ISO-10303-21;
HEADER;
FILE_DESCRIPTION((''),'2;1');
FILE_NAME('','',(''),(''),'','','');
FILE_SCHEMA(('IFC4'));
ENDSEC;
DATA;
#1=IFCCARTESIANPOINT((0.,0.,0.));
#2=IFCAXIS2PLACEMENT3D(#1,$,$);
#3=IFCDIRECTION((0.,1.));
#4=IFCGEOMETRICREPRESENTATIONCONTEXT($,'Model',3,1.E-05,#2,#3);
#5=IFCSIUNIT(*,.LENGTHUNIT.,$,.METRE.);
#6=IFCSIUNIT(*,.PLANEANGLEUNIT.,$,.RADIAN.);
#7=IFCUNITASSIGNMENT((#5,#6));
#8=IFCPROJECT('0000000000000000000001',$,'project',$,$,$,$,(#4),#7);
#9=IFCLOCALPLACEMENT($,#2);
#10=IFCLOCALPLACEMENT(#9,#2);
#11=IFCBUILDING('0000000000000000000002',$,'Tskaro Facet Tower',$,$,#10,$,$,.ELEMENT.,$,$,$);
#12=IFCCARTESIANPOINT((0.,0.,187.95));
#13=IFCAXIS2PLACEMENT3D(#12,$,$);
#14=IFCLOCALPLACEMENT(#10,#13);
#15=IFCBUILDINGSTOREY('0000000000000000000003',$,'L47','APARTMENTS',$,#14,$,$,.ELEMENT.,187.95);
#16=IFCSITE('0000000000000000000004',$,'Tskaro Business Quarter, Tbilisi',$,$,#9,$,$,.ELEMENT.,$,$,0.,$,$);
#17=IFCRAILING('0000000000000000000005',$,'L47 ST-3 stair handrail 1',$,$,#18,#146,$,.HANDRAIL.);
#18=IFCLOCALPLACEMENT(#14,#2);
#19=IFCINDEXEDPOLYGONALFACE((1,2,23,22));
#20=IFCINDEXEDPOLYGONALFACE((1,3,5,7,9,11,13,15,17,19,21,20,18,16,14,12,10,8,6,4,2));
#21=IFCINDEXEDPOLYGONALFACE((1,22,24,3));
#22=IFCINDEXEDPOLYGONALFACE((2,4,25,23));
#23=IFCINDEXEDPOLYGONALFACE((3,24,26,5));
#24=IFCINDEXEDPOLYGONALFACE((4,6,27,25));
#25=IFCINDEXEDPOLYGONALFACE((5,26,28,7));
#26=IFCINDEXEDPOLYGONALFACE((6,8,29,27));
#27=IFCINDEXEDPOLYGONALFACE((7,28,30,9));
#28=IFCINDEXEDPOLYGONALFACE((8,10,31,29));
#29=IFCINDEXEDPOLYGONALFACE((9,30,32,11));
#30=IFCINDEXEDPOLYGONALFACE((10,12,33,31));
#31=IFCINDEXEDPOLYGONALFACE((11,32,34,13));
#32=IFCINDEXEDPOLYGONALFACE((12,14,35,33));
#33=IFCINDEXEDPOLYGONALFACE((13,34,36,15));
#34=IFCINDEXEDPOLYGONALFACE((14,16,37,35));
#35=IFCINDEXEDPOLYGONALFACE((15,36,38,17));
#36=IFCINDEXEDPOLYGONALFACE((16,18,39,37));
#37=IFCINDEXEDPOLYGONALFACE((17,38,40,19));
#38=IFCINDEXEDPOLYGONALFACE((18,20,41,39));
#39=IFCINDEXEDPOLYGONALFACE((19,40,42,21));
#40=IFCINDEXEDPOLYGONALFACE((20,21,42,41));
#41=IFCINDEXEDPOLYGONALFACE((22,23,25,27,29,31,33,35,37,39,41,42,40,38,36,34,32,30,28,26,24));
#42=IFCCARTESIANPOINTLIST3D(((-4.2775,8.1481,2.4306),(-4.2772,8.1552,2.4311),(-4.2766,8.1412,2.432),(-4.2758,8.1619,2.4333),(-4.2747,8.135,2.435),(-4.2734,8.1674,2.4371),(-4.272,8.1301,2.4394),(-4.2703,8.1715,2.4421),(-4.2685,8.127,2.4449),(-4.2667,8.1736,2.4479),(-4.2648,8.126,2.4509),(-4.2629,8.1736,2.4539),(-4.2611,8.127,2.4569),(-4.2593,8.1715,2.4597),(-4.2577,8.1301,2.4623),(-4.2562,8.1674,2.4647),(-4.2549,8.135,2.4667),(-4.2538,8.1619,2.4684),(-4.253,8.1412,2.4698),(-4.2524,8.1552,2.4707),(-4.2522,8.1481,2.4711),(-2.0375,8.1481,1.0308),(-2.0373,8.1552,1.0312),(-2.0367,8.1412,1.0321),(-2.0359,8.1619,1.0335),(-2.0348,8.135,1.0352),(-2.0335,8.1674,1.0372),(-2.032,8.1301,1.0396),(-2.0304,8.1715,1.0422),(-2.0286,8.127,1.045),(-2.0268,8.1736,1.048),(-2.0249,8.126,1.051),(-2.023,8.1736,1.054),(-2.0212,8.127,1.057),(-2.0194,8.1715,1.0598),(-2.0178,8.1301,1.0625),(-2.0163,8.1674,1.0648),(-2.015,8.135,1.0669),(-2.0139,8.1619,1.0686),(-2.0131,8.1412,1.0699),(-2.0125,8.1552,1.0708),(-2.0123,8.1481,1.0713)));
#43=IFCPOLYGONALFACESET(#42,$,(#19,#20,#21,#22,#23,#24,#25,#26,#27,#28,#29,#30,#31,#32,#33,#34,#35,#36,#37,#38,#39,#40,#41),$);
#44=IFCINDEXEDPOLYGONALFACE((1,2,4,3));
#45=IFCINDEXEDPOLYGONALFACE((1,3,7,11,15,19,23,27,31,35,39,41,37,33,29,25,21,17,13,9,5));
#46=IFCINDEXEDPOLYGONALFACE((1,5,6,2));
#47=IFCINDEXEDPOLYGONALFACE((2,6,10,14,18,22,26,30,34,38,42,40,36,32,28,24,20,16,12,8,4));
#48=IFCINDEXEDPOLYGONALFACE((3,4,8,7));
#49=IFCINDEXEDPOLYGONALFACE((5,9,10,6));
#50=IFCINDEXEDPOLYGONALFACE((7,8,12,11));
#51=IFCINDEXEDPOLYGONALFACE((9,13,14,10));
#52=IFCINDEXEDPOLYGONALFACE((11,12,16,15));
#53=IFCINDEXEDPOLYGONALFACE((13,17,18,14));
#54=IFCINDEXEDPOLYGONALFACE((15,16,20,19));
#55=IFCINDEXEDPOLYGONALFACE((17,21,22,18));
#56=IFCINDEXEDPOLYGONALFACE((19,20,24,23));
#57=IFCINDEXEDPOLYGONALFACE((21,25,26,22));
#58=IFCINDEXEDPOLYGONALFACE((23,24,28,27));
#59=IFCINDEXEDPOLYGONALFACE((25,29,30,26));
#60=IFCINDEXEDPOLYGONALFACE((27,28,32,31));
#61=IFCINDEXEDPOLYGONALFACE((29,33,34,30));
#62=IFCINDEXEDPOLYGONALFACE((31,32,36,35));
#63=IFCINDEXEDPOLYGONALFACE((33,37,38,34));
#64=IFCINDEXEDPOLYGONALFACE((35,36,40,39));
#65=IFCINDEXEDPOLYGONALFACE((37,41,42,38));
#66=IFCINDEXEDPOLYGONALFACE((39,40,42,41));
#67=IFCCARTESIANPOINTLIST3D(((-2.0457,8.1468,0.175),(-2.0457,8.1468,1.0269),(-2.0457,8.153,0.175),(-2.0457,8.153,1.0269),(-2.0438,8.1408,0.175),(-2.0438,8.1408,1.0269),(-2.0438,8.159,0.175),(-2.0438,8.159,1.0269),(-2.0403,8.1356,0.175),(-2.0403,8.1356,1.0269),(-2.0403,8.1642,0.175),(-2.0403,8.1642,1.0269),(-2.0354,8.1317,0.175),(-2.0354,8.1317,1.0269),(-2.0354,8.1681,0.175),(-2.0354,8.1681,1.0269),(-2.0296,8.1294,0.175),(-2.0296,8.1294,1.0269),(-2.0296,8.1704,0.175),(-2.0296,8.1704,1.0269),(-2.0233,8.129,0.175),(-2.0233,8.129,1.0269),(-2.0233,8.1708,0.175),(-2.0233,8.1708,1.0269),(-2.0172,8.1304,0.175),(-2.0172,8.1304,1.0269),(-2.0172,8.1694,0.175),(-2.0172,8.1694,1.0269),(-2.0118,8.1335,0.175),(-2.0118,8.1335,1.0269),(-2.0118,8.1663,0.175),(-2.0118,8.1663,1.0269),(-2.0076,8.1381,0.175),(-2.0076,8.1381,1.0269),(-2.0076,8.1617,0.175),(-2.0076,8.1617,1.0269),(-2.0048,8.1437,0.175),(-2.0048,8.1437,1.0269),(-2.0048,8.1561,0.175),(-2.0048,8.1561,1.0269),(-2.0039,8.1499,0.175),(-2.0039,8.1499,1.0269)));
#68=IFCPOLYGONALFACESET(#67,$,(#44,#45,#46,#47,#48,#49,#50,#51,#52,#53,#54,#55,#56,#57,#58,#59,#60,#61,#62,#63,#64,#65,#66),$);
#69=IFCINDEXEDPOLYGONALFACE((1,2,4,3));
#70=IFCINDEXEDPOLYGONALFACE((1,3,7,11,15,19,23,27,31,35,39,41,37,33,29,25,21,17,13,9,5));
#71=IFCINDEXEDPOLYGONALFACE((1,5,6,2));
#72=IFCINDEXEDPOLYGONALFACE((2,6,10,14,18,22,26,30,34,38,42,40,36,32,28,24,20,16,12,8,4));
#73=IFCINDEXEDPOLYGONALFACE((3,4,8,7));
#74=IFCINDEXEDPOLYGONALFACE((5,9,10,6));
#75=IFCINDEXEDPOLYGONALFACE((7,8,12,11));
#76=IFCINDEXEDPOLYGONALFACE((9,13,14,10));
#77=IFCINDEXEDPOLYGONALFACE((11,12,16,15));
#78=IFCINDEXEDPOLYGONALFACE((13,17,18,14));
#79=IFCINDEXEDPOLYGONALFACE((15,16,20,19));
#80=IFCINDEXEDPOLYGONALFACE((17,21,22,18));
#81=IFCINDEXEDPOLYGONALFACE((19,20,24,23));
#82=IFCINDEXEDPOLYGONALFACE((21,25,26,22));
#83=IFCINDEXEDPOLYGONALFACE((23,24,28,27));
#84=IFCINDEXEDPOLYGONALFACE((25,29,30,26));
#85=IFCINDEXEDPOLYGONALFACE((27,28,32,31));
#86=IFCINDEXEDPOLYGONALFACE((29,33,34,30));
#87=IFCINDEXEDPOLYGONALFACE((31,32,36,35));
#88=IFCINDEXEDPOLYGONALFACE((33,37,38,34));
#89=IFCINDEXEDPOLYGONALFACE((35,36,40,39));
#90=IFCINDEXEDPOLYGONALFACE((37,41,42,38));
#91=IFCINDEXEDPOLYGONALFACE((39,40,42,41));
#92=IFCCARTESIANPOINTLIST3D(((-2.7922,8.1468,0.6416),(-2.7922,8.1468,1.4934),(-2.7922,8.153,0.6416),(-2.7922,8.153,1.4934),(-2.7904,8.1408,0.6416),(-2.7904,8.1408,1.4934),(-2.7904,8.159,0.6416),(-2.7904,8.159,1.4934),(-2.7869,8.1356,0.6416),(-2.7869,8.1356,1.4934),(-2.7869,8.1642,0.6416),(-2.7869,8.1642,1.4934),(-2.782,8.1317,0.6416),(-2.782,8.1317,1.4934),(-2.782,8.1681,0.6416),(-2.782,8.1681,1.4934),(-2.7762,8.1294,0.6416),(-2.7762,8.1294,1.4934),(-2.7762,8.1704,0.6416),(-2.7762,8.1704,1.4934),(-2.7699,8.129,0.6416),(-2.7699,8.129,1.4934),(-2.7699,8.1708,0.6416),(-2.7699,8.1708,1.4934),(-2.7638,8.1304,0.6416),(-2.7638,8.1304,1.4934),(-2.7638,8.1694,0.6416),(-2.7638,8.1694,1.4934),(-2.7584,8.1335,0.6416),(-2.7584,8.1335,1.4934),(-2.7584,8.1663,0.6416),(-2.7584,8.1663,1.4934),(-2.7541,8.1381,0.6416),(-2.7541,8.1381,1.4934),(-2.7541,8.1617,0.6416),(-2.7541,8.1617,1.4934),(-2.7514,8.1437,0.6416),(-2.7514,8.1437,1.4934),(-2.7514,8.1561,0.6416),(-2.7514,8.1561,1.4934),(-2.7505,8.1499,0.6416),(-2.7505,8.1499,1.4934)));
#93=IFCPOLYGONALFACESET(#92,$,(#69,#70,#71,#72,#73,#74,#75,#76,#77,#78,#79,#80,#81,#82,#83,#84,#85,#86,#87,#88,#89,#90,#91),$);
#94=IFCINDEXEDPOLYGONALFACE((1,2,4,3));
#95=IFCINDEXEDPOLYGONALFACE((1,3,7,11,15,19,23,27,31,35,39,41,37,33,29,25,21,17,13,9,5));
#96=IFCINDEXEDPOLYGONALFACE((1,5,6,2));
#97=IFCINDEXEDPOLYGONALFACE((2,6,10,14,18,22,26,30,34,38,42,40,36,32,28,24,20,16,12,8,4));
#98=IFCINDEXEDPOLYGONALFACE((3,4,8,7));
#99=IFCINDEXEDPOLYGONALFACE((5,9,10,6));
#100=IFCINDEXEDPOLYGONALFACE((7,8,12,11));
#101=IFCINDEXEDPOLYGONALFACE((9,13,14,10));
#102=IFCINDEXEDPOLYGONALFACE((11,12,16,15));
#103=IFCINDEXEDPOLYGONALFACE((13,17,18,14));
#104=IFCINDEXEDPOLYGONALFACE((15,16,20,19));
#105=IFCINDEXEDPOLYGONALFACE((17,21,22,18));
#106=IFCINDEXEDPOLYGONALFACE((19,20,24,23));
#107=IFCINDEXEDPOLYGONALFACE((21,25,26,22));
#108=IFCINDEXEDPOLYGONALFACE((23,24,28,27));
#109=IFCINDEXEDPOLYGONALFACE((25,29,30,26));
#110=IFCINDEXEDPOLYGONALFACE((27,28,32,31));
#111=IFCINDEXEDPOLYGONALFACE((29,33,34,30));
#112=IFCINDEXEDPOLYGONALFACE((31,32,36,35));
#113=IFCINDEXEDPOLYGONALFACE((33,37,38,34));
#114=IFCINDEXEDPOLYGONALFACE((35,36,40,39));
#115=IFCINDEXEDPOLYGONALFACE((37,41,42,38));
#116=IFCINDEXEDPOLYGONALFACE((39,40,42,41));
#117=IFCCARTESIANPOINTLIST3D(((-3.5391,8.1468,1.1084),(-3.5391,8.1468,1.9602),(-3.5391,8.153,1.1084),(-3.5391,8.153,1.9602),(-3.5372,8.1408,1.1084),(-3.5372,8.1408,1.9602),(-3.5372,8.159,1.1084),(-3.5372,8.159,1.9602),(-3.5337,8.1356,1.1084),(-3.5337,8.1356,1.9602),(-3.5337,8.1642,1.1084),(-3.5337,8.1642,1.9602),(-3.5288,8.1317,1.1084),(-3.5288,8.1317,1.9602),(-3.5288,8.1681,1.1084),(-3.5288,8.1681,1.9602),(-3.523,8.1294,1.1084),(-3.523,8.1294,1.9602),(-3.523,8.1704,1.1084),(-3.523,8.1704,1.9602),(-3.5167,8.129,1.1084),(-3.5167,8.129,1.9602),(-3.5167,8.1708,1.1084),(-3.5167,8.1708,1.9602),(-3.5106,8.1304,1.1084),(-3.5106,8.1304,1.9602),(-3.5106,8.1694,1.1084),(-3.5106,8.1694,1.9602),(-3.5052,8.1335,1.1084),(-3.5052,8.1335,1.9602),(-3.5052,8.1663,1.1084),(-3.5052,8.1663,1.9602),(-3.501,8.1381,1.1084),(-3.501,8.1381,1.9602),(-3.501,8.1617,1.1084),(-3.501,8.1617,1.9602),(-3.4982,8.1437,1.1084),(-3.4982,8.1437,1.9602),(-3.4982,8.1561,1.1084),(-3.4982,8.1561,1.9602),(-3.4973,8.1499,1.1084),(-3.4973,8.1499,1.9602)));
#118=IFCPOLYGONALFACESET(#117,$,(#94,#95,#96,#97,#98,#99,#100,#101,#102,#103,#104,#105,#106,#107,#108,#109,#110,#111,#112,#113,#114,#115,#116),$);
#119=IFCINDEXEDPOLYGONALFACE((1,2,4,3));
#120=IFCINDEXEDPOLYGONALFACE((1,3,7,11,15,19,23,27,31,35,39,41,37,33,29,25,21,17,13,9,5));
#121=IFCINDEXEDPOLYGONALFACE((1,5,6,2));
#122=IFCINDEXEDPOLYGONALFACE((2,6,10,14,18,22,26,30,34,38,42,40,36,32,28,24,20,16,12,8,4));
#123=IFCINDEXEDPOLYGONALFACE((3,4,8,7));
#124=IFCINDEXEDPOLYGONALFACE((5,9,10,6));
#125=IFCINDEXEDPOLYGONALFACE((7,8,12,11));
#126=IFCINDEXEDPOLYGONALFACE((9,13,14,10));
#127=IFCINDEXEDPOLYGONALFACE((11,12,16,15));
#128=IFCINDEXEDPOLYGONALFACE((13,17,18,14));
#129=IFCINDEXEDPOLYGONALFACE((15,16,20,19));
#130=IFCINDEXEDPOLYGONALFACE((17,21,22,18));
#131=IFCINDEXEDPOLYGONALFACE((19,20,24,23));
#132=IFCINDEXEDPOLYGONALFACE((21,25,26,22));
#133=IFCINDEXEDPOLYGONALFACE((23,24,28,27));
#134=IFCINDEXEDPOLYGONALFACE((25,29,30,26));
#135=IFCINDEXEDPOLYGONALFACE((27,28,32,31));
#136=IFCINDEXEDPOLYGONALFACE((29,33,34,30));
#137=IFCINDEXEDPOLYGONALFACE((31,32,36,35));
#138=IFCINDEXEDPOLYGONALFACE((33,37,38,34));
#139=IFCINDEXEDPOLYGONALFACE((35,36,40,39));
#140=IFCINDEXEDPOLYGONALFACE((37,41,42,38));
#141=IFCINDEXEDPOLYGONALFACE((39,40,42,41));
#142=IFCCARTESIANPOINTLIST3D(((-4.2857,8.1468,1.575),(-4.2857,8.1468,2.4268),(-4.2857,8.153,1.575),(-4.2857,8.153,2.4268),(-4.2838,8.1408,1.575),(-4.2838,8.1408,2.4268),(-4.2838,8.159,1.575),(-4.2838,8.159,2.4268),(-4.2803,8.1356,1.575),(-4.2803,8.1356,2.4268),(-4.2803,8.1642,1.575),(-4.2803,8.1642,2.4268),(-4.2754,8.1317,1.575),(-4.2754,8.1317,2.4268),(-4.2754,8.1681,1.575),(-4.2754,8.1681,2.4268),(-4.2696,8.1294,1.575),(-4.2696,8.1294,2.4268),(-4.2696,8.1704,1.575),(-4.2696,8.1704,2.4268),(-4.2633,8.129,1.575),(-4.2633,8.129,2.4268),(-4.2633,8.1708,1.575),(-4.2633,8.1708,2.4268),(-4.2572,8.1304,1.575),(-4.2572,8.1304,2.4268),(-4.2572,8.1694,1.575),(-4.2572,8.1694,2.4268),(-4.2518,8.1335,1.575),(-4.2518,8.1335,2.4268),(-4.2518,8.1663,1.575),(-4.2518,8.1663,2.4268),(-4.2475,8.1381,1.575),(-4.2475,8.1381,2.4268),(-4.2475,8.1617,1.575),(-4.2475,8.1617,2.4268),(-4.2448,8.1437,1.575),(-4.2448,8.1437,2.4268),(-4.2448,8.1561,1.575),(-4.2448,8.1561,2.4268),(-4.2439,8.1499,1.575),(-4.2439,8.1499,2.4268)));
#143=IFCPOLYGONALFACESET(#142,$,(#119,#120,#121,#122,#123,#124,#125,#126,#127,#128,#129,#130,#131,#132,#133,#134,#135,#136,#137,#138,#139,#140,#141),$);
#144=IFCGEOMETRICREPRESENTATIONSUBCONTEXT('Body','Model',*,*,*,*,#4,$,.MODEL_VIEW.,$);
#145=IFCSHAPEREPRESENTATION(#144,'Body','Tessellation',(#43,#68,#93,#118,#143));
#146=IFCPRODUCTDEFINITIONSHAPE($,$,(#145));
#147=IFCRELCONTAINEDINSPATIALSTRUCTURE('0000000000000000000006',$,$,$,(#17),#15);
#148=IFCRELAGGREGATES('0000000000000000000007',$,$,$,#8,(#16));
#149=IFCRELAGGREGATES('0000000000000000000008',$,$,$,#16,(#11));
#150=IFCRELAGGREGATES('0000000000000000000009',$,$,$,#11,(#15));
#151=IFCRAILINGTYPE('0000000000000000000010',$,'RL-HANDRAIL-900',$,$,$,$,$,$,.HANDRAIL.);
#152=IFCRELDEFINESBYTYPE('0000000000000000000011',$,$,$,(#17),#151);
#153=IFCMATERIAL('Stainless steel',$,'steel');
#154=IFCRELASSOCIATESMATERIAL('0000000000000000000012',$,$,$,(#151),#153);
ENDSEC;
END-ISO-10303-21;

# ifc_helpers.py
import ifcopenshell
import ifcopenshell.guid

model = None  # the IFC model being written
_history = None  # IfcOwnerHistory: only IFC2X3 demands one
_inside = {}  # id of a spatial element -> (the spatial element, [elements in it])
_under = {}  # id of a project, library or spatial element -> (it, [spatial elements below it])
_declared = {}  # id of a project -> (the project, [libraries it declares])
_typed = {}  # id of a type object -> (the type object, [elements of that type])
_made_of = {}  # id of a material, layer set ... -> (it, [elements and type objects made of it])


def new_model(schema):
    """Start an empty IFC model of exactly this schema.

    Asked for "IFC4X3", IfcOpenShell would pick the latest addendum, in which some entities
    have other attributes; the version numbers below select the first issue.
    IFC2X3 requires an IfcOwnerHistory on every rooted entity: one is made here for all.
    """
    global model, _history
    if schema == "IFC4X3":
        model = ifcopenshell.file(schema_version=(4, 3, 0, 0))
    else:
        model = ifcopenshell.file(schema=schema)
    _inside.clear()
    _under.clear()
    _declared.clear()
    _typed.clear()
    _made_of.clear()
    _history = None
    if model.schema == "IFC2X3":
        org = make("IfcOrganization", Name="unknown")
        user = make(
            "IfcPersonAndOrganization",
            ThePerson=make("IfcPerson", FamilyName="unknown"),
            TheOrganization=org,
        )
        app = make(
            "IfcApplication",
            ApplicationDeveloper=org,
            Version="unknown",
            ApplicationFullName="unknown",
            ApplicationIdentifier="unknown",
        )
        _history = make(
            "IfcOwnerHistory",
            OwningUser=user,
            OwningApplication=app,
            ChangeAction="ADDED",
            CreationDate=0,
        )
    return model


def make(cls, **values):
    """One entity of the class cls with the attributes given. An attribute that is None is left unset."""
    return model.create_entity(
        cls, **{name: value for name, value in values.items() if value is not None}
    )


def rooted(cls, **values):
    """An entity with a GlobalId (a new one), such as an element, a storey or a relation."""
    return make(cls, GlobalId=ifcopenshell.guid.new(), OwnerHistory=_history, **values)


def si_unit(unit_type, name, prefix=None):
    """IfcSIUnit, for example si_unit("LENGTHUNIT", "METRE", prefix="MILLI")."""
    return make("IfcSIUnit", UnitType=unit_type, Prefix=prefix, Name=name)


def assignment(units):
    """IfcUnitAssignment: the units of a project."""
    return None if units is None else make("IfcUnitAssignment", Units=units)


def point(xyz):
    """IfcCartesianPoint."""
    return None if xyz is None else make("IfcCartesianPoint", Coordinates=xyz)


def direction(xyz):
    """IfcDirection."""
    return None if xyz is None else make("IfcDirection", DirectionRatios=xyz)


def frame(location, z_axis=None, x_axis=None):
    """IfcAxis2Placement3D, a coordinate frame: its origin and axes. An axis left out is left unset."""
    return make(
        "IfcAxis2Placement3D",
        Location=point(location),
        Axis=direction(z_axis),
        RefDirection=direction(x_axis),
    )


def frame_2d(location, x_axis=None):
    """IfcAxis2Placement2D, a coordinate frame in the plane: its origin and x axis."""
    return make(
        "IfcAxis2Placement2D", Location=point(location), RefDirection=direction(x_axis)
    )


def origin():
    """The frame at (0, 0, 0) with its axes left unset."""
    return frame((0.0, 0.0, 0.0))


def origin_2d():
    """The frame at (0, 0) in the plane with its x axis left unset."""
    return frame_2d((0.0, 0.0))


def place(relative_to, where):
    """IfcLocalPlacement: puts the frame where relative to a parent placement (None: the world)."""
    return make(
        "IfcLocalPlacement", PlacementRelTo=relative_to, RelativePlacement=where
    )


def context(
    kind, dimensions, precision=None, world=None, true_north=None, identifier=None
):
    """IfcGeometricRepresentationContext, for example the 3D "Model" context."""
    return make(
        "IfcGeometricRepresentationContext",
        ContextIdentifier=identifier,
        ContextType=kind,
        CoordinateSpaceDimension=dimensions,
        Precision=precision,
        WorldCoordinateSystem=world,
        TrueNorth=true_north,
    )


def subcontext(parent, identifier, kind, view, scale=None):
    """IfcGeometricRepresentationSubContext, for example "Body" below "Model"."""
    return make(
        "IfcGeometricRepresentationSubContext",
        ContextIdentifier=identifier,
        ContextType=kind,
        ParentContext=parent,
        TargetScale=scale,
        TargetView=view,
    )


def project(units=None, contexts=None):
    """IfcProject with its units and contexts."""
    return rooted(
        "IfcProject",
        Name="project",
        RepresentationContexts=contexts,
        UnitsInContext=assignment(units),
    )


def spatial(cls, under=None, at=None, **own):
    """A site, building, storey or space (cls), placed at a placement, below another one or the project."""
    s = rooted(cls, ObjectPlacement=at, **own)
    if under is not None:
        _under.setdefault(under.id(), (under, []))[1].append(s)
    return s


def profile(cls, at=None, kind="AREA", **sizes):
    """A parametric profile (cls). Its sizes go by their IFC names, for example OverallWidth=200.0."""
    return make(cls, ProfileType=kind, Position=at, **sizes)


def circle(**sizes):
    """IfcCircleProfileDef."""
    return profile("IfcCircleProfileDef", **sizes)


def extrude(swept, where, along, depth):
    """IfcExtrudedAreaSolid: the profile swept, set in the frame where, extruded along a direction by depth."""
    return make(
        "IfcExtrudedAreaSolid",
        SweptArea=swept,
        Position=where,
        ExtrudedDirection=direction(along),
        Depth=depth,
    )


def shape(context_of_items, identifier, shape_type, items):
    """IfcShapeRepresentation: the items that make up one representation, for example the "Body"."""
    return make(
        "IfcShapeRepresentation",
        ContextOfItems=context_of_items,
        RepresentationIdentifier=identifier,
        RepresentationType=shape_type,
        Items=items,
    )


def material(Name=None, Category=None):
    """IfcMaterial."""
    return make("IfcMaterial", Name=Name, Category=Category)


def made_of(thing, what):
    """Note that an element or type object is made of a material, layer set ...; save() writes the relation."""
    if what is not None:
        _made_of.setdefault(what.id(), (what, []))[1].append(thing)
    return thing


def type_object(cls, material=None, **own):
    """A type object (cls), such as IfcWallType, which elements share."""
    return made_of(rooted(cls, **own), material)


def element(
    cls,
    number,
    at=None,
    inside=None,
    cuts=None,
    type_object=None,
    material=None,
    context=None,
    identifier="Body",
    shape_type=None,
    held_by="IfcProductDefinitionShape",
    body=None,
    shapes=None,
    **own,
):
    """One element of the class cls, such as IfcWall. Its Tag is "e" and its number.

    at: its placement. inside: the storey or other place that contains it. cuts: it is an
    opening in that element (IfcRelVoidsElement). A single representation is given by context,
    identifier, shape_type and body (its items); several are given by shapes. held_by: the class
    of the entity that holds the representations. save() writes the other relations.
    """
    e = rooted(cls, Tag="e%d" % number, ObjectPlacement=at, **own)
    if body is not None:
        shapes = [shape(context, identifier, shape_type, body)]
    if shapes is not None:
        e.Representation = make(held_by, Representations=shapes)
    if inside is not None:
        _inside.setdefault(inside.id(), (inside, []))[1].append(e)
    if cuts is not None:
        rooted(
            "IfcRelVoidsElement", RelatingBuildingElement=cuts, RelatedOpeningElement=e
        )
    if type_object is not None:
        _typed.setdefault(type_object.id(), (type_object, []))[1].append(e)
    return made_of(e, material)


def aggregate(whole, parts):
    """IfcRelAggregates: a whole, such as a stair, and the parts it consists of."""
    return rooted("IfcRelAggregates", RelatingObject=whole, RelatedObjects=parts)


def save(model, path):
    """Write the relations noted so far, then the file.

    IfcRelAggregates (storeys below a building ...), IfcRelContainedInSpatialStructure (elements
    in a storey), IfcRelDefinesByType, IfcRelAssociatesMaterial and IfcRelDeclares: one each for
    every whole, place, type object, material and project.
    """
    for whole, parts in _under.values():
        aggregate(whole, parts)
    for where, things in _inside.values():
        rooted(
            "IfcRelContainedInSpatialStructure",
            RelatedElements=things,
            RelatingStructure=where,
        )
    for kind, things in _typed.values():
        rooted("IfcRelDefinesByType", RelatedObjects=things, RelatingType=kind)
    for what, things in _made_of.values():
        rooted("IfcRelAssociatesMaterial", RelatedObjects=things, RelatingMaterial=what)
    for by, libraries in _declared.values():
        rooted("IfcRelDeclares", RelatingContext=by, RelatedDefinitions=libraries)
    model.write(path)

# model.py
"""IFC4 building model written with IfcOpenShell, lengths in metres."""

from ifc_helpers import new_model, si_unit, direction, frame, origin, origin_2d, place, context, subcontext, project, spatial, circle, extrude, material, type_object, element, save


model = new_model("IFC4")

# Units and contexts
model_context = context("Model", 3, precision=1e-05, world=origin(), true_north=direction((0.0, 1.0)))
body_context = subcontext(model_context, "Body", "Model", "MODEL_VIEW")
ifc_project = project(units=[si_unit("LENGTHUNIT", "METRE"), si_unit("PLANEANGLEUNIT", "RADIAN")], contexts=[model_context])

# Site, building, storey
site_placement = place(None, origin())
site = spatial("IfcSite", under=ifc_project, at=site_placement, Name="Tskaro Business Quarter, Tbilisi", CompositionType="ELEMENT", RefElevation=0.0)
building_placement = place(site_placement, origin())
building = spatial("IfcBuilding", under=site, at=building_placement, Name="Tskaro Facet Tower", CompositionType="ELEMENT")
storey_placement = place(building_placement, frame((0.0, 0.0, 187.95)))
storey = spatial("IfcBuildingStorey", under=building, at=storey_placement, Name="L47", Description="APARTMENTS", CompositionType="ELEMENT", Elevation=187.95)

# Railing
ifc_material_1 = material(Name="Stainless steel", Category="steel")
railing_type_1 = type_object("IfcRailingType", Name="RL-HANDRAIL-900", PredefinedType="HANDRAIL", material=ifc_material_1)
railing_1_placement = place(storey_placement, frame((-2.0249, 8.1499, 0.175)))
element("IfcRailing", 1, at=railing_1_placement, inside=storey, type_object=railing_type_1, Name="L47 ST-3 stair handrail 1", PredefinedType="HANDRAIL", context=body_context, shape_type="SweptSolid", body=[
    extrude(circle(Radius=0.0239, at=origin_2d()), frame((0.0, 0.0, 0.876), z_axis=(-0.848014, 0.0, 0.529974), x_axis=(0.0, -1.0, 0.0)), (0.0, 0.0, 1.0), 2.6414),
    extrude(circle(Radius=0.021, at=origin_2d()), origin(), (0.0, 0.0, 1.0), 0.8518),
    extrude(circle(Radius=0.021, at=origin_2d()), frame((-0.7466, 0.0, 0.4666)), (0.0, 0.0, 1.0), 0.8518),
    extrude(circle(Radius=0.021, at=origin_2d()), frame((-1.4934, 0.0, 0.9333)), (0.0, 0.0, 1.0), 0.8518),
    extrude(circle(Radius=0.021, at=origin_2d()), frame((-2.24, 0.0, 1.3999)), (0.0, 0.0, 1.0), 0.8518),
])

save(model, "model.ifc")
